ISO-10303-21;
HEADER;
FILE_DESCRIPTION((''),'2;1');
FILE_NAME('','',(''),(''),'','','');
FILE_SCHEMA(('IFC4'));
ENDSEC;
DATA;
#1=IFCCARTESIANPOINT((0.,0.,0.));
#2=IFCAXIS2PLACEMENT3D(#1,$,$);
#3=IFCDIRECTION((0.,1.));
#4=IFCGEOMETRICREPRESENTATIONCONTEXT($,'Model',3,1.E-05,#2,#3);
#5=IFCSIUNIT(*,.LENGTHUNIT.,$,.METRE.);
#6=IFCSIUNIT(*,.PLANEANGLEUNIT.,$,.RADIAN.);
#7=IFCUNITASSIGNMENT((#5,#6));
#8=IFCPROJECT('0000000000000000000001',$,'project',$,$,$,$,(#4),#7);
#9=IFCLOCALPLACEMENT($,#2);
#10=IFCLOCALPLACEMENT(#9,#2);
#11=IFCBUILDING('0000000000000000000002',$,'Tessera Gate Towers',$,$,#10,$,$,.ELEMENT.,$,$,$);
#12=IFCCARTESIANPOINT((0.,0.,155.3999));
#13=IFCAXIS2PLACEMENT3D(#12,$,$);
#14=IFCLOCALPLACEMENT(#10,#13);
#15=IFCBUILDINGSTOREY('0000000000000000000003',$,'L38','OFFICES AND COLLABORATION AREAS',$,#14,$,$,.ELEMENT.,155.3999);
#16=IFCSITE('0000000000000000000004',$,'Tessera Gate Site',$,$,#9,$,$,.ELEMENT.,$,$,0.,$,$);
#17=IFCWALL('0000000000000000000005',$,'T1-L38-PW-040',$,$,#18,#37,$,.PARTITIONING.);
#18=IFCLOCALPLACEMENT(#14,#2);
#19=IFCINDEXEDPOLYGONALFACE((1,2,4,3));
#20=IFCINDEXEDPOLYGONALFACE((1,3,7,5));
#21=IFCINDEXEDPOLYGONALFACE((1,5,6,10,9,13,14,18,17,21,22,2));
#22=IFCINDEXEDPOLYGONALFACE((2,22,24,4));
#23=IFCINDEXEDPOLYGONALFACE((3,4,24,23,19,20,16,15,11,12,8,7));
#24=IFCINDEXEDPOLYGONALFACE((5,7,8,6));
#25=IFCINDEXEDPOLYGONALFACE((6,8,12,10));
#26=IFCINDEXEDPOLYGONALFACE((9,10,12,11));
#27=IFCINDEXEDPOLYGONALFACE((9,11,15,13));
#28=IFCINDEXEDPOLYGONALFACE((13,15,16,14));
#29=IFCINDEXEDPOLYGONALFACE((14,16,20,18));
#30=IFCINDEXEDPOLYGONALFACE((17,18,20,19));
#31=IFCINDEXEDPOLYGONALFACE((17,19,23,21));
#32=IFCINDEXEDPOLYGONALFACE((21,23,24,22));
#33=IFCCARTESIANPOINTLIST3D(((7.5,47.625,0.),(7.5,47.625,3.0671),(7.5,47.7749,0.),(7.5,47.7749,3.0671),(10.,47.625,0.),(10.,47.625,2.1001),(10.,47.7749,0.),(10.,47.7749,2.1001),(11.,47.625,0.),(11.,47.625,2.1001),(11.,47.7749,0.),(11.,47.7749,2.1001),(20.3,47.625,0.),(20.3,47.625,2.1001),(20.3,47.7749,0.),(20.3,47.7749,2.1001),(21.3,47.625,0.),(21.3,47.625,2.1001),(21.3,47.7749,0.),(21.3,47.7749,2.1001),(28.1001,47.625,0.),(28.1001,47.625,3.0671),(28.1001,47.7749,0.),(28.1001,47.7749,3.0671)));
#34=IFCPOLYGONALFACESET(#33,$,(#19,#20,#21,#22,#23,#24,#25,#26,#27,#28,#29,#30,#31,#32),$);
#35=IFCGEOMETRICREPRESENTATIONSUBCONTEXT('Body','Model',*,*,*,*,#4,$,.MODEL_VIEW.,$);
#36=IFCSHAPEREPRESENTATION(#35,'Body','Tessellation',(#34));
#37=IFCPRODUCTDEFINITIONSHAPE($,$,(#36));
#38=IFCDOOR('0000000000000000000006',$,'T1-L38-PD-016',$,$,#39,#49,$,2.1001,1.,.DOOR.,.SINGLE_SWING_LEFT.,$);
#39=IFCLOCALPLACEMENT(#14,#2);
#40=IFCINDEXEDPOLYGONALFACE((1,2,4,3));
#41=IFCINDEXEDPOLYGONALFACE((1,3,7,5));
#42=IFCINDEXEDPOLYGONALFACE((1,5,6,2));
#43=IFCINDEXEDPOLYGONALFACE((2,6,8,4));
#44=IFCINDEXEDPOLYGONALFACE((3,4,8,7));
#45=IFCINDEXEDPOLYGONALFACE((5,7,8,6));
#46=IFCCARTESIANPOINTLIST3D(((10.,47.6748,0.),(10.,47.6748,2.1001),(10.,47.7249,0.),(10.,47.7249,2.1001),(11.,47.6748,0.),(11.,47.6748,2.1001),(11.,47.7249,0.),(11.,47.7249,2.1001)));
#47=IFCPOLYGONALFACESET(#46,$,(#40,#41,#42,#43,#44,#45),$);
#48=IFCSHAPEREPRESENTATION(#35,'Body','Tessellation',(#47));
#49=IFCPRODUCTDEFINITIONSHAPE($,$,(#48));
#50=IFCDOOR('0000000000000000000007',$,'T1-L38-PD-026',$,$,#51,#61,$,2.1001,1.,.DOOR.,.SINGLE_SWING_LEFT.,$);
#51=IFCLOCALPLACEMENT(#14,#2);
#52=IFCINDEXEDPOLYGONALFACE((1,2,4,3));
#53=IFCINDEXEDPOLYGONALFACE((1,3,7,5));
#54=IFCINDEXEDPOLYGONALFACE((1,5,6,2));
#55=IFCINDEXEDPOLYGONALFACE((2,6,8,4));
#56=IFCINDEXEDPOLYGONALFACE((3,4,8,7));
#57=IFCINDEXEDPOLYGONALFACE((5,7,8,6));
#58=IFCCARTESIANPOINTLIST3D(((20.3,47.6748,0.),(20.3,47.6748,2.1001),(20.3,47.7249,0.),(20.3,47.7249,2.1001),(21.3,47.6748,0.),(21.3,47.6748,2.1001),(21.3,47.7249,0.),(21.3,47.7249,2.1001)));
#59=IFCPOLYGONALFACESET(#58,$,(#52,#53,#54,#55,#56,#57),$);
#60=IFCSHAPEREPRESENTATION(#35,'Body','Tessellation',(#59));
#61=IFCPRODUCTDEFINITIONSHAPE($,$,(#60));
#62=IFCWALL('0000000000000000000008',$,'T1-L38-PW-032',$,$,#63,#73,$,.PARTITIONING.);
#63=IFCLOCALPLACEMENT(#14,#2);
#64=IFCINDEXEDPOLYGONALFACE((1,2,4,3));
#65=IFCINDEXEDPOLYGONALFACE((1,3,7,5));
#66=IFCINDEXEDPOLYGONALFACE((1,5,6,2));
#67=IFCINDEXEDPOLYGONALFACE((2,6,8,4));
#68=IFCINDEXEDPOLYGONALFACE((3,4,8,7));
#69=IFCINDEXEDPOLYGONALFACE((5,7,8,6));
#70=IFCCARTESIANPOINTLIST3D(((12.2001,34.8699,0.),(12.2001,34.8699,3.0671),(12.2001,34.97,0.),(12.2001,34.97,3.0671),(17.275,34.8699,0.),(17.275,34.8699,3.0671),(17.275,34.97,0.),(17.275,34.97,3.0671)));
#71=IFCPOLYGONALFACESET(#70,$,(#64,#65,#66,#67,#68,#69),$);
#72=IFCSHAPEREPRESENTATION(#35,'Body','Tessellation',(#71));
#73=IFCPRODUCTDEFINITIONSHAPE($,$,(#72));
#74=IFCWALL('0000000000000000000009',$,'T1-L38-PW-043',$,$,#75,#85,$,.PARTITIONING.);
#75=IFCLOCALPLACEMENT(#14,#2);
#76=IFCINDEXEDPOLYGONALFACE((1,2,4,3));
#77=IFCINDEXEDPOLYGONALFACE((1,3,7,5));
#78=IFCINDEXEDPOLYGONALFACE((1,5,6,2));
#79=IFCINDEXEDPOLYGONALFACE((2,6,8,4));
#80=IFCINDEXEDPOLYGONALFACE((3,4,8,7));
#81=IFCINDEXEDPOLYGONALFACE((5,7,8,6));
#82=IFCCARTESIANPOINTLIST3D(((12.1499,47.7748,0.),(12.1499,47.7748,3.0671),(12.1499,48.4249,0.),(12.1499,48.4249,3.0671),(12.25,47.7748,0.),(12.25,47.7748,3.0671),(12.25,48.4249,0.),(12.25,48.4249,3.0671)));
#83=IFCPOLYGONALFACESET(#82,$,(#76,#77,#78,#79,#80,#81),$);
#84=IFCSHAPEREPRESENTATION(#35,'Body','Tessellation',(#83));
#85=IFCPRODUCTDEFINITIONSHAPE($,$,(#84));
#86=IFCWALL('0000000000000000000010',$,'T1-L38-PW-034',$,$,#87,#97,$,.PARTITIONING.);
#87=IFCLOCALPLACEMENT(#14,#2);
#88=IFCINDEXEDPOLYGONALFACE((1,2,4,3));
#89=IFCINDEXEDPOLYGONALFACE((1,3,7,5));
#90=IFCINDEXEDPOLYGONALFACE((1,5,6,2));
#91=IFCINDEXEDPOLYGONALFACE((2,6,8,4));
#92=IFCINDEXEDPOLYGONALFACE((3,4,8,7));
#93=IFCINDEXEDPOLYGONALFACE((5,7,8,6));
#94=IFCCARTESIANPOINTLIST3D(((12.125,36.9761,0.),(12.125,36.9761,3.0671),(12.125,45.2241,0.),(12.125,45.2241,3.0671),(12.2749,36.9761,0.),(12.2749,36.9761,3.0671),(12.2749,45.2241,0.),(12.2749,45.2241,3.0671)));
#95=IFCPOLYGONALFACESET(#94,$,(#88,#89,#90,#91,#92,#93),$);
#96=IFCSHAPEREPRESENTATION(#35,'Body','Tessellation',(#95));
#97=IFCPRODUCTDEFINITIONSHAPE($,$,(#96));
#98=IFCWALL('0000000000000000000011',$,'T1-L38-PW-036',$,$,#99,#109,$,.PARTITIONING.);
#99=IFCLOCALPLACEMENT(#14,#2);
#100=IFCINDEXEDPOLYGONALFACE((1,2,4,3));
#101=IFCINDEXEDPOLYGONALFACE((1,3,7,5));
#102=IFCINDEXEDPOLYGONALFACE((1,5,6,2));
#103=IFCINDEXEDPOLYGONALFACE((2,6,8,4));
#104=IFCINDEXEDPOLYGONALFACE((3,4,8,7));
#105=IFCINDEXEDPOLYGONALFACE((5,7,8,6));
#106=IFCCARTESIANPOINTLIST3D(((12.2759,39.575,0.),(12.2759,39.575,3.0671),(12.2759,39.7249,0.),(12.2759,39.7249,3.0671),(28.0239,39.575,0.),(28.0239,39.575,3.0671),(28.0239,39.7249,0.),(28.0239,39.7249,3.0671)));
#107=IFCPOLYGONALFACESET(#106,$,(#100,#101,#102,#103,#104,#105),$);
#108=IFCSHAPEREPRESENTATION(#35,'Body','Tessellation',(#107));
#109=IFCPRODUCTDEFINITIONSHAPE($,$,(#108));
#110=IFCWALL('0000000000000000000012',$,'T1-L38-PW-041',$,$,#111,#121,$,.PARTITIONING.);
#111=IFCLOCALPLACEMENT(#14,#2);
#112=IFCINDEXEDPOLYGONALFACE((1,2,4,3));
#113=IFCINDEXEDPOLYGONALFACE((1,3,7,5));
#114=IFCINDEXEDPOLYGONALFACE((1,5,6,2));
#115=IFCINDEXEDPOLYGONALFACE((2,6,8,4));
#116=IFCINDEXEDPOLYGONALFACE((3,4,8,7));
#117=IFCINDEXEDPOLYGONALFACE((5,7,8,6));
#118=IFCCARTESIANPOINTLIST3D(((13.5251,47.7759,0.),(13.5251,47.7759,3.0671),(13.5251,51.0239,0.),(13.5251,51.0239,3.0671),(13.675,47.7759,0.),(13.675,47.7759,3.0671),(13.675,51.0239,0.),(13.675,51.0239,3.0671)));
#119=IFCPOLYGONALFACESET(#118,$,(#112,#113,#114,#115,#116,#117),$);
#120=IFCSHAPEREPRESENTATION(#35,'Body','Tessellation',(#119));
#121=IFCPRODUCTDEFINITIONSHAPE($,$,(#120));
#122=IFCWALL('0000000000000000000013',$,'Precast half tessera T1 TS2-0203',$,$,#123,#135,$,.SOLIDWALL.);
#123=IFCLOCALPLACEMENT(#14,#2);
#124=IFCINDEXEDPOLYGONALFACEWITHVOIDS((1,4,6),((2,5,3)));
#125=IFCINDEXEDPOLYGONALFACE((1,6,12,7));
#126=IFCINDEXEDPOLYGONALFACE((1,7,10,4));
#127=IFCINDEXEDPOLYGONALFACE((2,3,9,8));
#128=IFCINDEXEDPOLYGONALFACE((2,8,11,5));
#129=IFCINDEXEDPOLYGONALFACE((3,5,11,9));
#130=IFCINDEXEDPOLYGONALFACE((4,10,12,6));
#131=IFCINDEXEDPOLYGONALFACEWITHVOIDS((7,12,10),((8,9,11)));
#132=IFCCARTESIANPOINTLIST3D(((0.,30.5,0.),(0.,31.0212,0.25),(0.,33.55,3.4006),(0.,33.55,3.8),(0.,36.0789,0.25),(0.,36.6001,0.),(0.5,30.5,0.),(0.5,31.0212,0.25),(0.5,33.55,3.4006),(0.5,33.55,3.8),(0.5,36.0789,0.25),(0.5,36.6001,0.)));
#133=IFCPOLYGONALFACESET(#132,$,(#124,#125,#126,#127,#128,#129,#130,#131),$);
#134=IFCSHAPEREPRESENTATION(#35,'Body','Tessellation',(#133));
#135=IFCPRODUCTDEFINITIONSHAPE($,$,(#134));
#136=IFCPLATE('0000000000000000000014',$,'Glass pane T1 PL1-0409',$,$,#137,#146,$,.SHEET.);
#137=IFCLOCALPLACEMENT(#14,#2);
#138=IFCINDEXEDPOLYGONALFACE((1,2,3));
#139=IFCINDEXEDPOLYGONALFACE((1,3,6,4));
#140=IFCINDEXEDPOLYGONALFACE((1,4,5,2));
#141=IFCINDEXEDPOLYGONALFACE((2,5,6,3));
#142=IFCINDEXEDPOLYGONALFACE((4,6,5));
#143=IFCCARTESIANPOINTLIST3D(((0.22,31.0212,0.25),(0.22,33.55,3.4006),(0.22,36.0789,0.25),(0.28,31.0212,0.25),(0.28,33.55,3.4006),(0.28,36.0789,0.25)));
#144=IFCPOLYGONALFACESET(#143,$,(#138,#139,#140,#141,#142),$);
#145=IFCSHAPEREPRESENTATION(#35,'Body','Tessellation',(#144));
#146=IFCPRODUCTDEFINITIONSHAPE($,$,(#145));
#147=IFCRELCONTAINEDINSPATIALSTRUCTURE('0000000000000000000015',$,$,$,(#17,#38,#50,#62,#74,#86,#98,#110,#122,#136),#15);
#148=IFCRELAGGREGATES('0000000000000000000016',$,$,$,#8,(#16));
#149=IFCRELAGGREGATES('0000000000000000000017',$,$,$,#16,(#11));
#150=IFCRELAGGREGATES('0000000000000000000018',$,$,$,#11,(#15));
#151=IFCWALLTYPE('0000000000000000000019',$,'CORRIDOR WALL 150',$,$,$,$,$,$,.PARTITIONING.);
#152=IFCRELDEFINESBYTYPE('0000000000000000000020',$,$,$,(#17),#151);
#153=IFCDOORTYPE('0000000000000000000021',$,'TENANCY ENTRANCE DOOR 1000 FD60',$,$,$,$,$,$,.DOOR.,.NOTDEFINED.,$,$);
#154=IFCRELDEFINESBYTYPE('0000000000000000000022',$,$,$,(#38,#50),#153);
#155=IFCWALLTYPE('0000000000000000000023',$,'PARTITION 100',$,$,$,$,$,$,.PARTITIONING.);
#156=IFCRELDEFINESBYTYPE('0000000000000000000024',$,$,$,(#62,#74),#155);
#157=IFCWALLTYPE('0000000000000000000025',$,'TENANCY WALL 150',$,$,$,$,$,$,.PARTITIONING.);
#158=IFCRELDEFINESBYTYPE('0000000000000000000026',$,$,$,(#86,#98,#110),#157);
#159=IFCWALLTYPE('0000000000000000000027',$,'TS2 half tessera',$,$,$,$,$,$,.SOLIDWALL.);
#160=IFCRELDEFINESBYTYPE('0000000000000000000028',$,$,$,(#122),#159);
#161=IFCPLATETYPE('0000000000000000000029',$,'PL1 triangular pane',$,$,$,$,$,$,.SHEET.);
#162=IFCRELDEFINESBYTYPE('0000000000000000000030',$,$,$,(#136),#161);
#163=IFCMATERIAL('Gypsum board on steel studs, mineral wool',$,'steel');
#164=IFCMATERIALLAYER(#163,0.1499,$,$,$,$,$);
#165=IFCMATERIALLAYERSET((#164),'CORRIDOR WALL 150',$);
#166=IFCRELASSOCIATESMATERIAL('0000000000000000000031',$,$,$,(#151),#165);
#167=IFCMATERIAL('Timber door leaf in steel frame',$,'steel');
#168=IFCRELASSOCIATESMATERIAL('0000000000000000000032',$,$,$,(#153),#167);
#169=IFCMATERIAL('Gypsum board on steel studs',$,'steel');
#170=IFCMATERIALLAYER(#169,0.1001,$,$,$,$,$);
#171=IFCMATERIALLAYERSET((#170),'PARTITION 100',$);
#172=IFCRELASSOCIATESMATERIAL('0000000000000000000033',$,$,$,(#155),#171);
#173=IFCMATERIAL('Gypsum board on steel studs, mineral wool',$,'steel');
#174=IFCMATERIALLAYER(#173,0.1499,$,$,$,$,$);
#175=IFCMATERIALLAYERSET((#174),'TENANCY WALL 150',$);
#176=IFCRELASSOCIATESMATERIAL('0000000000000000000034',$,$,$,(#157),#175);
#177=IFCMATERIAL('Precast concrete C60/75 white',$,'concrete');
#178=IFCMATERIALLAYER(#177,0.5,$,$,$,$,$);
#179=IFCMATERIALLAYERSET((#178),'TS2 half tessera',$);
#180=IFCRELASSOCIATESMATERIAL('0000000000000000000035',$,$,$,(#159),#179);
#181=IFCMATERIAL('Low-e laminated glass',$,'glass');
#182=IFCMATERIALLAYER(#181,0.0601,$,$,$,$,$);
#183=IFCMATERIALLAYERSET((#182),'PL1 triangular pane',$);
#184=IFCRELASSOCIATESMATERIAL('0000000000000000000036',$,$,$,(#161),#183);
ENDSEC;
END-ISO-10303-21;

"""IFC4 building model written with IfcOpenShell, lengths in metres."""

from ifc_helpers import new_model, si_unit, direction, frame, frame_2d, origin, place, context, subcontext, project, spatial, polyline, rectangle, outline, extrude, source, transform, mapped, material, layer, layer_set, type_object, element, fill, save


model = new_model("IFC4")

# Units and contexts
model_context = context("Model", 3, precision=1e-05, world=origin(), true_north=direction((0.0, 1.0)))
body_context = subcontext(model_context, "Body", "Model", "MODEL_VIEW")
ifc_project = project(units=[si_unit("LENGTHUNIT", "METRE"), si_unit("PLANEANGLEUNIT", "RADIAN")], contexts=[model_context])

# Site, building, storey
site_placement = place(None, origin())
site = spatial("IfcSite", under=ifc_project, at=site_placement, Name="Tessera Gate Site", CompositionType="ELEMENT", RefElevation=0.0)
building_placement = place(site_placement, origin())
building = spatial("IfcBuilding", under=site, at=building_placement, Name="Tessera Gate Towers", CompositionType="ELEMENT")
storey_placement = place(building_placement, frame((0.0, 0.0, 155.3999)))
storey = spatial("IfcBuildingStorey", under=building, at=storey_placement, Name="L38", Description="OFFICES AND COLLABORATION AREAS", CompositionType="ELEMENT", Elevation=155.3999)

# Wall, openings, doors
ifc_material_1 = material(Name="Gypsum board on steel studs, mineral wool", Category="steel")
ifc_layer_1 = layer(ifc_material_1, 0.1499)
ifc_layer_set_1 = layer_set([ifc_layer_1], Name="CORRIDOR WALL 150")
wall_type_1 = type_object("IfcWallType", Name="CORRIDOR WALL 150", PredefinedType="PARTITIONING", material=ifc_layer_set_1)
wall_1_placement = place(storey_placement, frame((7.5, 47.7, 0.0), z_axis=(0.0, 0.0, 1.0), x_axis=(1.0, 0.0, 0.0)))
wall_1 = element("IfcWall", 1, at=wall_1_placement, inside=storey, type_object=wall_type_1, Name="T1-L38-PW-040", PredefinedType="PARTITIONING", context=body_context, shape_type="SweptSolid", body=[
    extrude(rectangle(XDim=20.6001, YDim=0.1499, at=frame_2d((10.3, 0.0))), origin(), (0.0, 0.0, 1.0), 3.0671),
])
shared_shape_1 = source(origin(), body_context, "Body", "SweptSolid", [
    extrude(rectangle(XDim=1.0, YDim=2.1001, at=frame_2d((0.5, 1.05))), frame((0.0, 0.085, 0.0), z_axis=(0.0, -1.0, 0.0), x_axis=(1.0, 0.0, 0.0)), (0.0, 0.0, 1.0), 0.1699),
])
opening_1_placement = place(wall_1_placement, frame((2.5, 0.0, 0.0)))
opening_1 = element("IfcOpeningElement", 2, at=opening_1_placement, cuts=wall_1, PredefinedType="OPENING", context=body_context, shape_type="MappedRepresentation", body=[
    mapped(shared_shape_1, transform((0.0, 0.0, 0.0), scale=1.0)),
])
opening_2_placement = place(wall_1_placement, frame((12.8, 0.0, 0.0)))
opening_2 = element("IfcOpeningElement", 3, at=opening_2_placement, cuts=wall_1, PredefinedType="OPENING", context=body_context, shape_type="MappedRepresentation", body=[
    mapped(shared_shape_1, transform((0.0, 0.0, 0.0), scale=1.0)),
])
ifc_material_2 = material(Name="Timber door leaf in steel frame", Category="steel")
door_type_1 = type_object("IfcDoorType", Name="TENANCY ENTRANCE DOOR 1000 FD60", OperationType="NOTDEFINED", PredefinedType="DOOR", material=ifc_material_2)
shared_shape_2 = source(origin(), body_context, "Body", "SweptSolid", [
    extrude(rectangle(XDim=1.0, YDim=2.1001, at=frame_2d((0.5, 1.05))), frame((0.0, 0.0249, 0.0), z_axis=(0.0, -1.0, 0.0), x_axis=(1.0, 0.0, 0.0)), (0.0, 0.0, 1.0), 0.05),
])
door_1_placement = place(opening_1_placement, origin())
door_1 = element("IfcDoor", 4, at=door_1_placement, inside=storey, type_object=door_type_1, Name="T1-L38-PD-016", OperationType="SINGLE_SWING_LEFT", OverallHeight=2.1001, OverallWidth=1.0, PredefinedType="DOOR", context=body_context, shape_type="MappedRepresentation", body=[
    mapped(shared_shape_2, transform((0.0, 0.0, 0.0), scale=1.0)),
])
fill(opening_1, door_1)
door_2_placement = place(opening_2_placement, origin())
door_2 = element("IfcDoor", 5, at=door_2_placement, inside=storey, type_object=door_type_1, Name="T1-L38-PD-026", OperationType="SINGLE_SWING_LEFT", OverallHeight=2.1001, OverallWidth=1.0, PredefinedType="DOOR", context=body_context, shape_type="MappedRepresentation", body=[
    mapped(shared_shape_2, transform((0.0, 0.0, 0.0), scale=1.0)),
])
fill(opening_2, door_2)

# Walls
ifc_material_3 = material(Name="Gypsum board on steel studs", Category="steel")
ifc_layer_2 = layer(ifc_material_3, 0.1001)
ifc_layer_set_2 = layer_set([ifc_layer_2], Name="PARTITION 100")
wall_type_2 = type_object("IfcWallType", Name="PARTITION 100", PredefinedType="PARTITIONING", material=ifc_layer_set_2)
wall_2_placement = place(storey_placement, frame((12.2, 34.9199, 0.0), z_axis=(0.0, 0.0, 1.0), x_axis=(1.0, 0.0, 0.0)))
element("IfcWall", 6, at=wall_2_placement, inside=storey, type_object=wall_type_2, Name="T1-L38-PW-032", PredefinedType="PARTITIONING", context=body_context, shape_type="SweptSolid", body=[
    extrude(rectangle(XDim=5.075, YDim=0.1001, at=frame_2d((2.5376, 0.0))), origin(), (0.0, 0.0, 1.0), 3.0671),
])
wall_3_placement = place(storey_placement, frame((12.2, 48.425, 0.0), z_axis=(0.0, 0.0, 1.0), x_axis=(0.0, -1.0, 0.0)))
element("IfcWall", 7, at=wall_3_placement, inside=storey, type_object=wall_type_2, Name="T1-L38-PW-043", PredefinedType="PARTITIONING", context=body_context, shape_type="SweptSolid", body=[
    extrude(rectangle(XDim=0.6501, YDim=0.1001, at=frame_2d((0.3252, 0.0))), origin(), (0.0, 0.0, 1.0), 3.0671),
])
ifc_material_4 = material(Name="Gypsum board on steel studs, mineral wool", Category="steel")
ifc_layer_3 = layer(ifc_material_4, 0.1499)
ifc_layer_set_3 = layer_set([ifc_layer_3], Name="TENANCY WALL 150")
wall_type_3 = type_object("IfcWallType", Name="TENANCY WALL 150", PredefinedType="PARTITIONING", material=ifc_layer_set_3)
wall_4_placement = place(storey_placement, frame((12.2, 36.9761, 0.0), z_axis=(0.0, 0.0, 1.0), x_axis=(0.0, 1.0, 0.0)))
element("IfcWall", 8, at=wall_4_placement, inside=storey, type_object=wall_type_3, Name="T1-L38-PW-034", PredefinedType="PARTITIONING", context=body_context, shape_type="SweptSolid", body=[
    extrude(rectangle(XDim=8.248, YDim=0.1499, at=frame_2d((4.124, 0.0))), origin(), (0.0, 0.0, 1.0), 3.0671),
])
wall_5_placement = place(storey_placement, frame((12.2759, 39.6499, 0.0), z_axis=(0.0, 0.0, 1.0), x_axis=(1.0, 0.0, 0.0)))
element("IfcWall", 9, at=wall_5_placement, inside=storey, type_object=wall_type_3, Name="T1-L38-PW-036", PredefinedType="PARTITIONING", context=body_context, shape_type="SweptSolid", body=[
    extrude(rectangle(XDim=15.748, YDim=0.1499, at=frame_2d((7.874, 0.0))), origin(), (0.0, 0.0, 1.0), 3.0671),
])
wall_6_placement = place(storey_placement, frame((13.6001, 47.7759, 0.0), z_axis=(0.0, 0.0, 1.0), x_axis=(0.0, 1.0, 0.0)))
element("IfcWall", 10, at=wall_6_placement, inside=storey, type_object=wall_type_3, Name="T1-L38-PW-041", PredefinedType="PARTITIONING", context=body_context, shape_type="SweptSolid", body=[
    extrude(rectangle(XDim=3.248, YDim=0.1499, at=frame_2d((1.624, 0.0))), origin(), (0.0, 0.0, 1.0), 3.0671),
])

# Wall, opening, plate
ifc_material_5 = material(Name="Precast concrete C60/75 white", Category="concrete")
ifc_layer_4 = layer(ifc_material_5, 0.5)
ifc_layer_set_4 = layer_set([ifc_layer_4], Name="TS2 half tessera")
wall_type_4 = type_object("IfcWallType", Name="TS2 half tessera", PredefinedType="SOLIDWALL", material=ifc_layer_set_4)
shared_shape_3 = source(origin(), body_context, "Body", "SweptSolid", [
    extrude(outline(polyline([(6.1001, 0.0), (3.05, 3.8), (0.0, 0.0), (6.1001, 0.0)])), frame((0.0, 0.25, 0.0), z_axis=(0.0, -1.0, 0.0), x_axis=(1.0, 0.0, 0.0)), (0.0, 0.0, 1.0), 0.5),
])
wall_7_placement = place(storey_placement, frame((0.25, 36.6001, 0.0), z_axis=(0.0, 0.0, 1.0), x_axis=(0.0, -1.0, 0.0)))
wall_7 = element("IfcWall", 11, at=wall_7_placement, inside=storey, type_object=wall_type_4, Name="Precast half tessera T1 TS2-0203", PredefinedType="SOLIDWALL", context=body_context, shape_type="MappedRepresentation", body=[
    mapped(shared_shape_3, transform((0.0, 0.0, 0.0), scale=1.0)),
])
shared_shape_4 = source(origin(), body_context, "Body", "SweptSolid", [
    extrude(outline(polyline([(5.5789, 0.25), (3.05, 3.4006), (0.5212, 0.25), (5.5789, 0.25)])), frame((0.0, 0.26, 0.0), z_axis=(0.0, -1.0, 0.0), x_axis=(1.0, 0.0, 0.0)), (0.0, 0.0, 1.0), 0.52),
])
opening_3_placement = place(wall_7_placement, origin())
opening_3 = element("IfcOpeningElement", 12, at=opening_3_placement, cuts=wall_7, PredefinedType="OPENING", context=body_context, shape_type="MappedRepresentation", body=[
    mapped(shared_shape_4, transform((0.0, 0.0, 0.0), scale=1.0)),
])
ifc_material_6 = material(Name="Low-e laminated glass", Category="glass")
ifc_layer_5 = layer(ifc_material_6, 0.0601)
ifc_layer_set_5 = layer_set([ifc_layer_5], Name="PL1 triangular pane")
plate_type = type_object("IfcPlateType", Name="PL1 triangular pane", PredefinedType="SHEET", material=ifc_layer_set_5)
shared_shape_5 = source(origin(), body_context, "Body", "SweptSolid", [
    extrude(outline(polyline([(5.5789, 0.25), (3.05, 3.4006), (0.5212, 0.25), (5.5789, 0.25)])), frame((0.0, 0.03, 0.0), z_axis=(0.0, -1.0, 0.0), x_axis=(1.0, 0.0, 0.0)), (0.0, 0.0, 1.0), 0.0601),
])
plate_placement = place(opening_3_placement, origin())
plate = element("IfcPlate", 13, at=plate_placement, inside=storey, type_object=plate_type, Name="Glass pane T1 PL1-0409", PredefinedType="SHEET", context=body_context, shape_type="MappedRepresentation", body=[
    mapped(shared_shape_5, transform((0.0, 0.0, 0.0), scale=1.0)),
])
fill(opening_3, plate)

save(model, "model.ifc")
